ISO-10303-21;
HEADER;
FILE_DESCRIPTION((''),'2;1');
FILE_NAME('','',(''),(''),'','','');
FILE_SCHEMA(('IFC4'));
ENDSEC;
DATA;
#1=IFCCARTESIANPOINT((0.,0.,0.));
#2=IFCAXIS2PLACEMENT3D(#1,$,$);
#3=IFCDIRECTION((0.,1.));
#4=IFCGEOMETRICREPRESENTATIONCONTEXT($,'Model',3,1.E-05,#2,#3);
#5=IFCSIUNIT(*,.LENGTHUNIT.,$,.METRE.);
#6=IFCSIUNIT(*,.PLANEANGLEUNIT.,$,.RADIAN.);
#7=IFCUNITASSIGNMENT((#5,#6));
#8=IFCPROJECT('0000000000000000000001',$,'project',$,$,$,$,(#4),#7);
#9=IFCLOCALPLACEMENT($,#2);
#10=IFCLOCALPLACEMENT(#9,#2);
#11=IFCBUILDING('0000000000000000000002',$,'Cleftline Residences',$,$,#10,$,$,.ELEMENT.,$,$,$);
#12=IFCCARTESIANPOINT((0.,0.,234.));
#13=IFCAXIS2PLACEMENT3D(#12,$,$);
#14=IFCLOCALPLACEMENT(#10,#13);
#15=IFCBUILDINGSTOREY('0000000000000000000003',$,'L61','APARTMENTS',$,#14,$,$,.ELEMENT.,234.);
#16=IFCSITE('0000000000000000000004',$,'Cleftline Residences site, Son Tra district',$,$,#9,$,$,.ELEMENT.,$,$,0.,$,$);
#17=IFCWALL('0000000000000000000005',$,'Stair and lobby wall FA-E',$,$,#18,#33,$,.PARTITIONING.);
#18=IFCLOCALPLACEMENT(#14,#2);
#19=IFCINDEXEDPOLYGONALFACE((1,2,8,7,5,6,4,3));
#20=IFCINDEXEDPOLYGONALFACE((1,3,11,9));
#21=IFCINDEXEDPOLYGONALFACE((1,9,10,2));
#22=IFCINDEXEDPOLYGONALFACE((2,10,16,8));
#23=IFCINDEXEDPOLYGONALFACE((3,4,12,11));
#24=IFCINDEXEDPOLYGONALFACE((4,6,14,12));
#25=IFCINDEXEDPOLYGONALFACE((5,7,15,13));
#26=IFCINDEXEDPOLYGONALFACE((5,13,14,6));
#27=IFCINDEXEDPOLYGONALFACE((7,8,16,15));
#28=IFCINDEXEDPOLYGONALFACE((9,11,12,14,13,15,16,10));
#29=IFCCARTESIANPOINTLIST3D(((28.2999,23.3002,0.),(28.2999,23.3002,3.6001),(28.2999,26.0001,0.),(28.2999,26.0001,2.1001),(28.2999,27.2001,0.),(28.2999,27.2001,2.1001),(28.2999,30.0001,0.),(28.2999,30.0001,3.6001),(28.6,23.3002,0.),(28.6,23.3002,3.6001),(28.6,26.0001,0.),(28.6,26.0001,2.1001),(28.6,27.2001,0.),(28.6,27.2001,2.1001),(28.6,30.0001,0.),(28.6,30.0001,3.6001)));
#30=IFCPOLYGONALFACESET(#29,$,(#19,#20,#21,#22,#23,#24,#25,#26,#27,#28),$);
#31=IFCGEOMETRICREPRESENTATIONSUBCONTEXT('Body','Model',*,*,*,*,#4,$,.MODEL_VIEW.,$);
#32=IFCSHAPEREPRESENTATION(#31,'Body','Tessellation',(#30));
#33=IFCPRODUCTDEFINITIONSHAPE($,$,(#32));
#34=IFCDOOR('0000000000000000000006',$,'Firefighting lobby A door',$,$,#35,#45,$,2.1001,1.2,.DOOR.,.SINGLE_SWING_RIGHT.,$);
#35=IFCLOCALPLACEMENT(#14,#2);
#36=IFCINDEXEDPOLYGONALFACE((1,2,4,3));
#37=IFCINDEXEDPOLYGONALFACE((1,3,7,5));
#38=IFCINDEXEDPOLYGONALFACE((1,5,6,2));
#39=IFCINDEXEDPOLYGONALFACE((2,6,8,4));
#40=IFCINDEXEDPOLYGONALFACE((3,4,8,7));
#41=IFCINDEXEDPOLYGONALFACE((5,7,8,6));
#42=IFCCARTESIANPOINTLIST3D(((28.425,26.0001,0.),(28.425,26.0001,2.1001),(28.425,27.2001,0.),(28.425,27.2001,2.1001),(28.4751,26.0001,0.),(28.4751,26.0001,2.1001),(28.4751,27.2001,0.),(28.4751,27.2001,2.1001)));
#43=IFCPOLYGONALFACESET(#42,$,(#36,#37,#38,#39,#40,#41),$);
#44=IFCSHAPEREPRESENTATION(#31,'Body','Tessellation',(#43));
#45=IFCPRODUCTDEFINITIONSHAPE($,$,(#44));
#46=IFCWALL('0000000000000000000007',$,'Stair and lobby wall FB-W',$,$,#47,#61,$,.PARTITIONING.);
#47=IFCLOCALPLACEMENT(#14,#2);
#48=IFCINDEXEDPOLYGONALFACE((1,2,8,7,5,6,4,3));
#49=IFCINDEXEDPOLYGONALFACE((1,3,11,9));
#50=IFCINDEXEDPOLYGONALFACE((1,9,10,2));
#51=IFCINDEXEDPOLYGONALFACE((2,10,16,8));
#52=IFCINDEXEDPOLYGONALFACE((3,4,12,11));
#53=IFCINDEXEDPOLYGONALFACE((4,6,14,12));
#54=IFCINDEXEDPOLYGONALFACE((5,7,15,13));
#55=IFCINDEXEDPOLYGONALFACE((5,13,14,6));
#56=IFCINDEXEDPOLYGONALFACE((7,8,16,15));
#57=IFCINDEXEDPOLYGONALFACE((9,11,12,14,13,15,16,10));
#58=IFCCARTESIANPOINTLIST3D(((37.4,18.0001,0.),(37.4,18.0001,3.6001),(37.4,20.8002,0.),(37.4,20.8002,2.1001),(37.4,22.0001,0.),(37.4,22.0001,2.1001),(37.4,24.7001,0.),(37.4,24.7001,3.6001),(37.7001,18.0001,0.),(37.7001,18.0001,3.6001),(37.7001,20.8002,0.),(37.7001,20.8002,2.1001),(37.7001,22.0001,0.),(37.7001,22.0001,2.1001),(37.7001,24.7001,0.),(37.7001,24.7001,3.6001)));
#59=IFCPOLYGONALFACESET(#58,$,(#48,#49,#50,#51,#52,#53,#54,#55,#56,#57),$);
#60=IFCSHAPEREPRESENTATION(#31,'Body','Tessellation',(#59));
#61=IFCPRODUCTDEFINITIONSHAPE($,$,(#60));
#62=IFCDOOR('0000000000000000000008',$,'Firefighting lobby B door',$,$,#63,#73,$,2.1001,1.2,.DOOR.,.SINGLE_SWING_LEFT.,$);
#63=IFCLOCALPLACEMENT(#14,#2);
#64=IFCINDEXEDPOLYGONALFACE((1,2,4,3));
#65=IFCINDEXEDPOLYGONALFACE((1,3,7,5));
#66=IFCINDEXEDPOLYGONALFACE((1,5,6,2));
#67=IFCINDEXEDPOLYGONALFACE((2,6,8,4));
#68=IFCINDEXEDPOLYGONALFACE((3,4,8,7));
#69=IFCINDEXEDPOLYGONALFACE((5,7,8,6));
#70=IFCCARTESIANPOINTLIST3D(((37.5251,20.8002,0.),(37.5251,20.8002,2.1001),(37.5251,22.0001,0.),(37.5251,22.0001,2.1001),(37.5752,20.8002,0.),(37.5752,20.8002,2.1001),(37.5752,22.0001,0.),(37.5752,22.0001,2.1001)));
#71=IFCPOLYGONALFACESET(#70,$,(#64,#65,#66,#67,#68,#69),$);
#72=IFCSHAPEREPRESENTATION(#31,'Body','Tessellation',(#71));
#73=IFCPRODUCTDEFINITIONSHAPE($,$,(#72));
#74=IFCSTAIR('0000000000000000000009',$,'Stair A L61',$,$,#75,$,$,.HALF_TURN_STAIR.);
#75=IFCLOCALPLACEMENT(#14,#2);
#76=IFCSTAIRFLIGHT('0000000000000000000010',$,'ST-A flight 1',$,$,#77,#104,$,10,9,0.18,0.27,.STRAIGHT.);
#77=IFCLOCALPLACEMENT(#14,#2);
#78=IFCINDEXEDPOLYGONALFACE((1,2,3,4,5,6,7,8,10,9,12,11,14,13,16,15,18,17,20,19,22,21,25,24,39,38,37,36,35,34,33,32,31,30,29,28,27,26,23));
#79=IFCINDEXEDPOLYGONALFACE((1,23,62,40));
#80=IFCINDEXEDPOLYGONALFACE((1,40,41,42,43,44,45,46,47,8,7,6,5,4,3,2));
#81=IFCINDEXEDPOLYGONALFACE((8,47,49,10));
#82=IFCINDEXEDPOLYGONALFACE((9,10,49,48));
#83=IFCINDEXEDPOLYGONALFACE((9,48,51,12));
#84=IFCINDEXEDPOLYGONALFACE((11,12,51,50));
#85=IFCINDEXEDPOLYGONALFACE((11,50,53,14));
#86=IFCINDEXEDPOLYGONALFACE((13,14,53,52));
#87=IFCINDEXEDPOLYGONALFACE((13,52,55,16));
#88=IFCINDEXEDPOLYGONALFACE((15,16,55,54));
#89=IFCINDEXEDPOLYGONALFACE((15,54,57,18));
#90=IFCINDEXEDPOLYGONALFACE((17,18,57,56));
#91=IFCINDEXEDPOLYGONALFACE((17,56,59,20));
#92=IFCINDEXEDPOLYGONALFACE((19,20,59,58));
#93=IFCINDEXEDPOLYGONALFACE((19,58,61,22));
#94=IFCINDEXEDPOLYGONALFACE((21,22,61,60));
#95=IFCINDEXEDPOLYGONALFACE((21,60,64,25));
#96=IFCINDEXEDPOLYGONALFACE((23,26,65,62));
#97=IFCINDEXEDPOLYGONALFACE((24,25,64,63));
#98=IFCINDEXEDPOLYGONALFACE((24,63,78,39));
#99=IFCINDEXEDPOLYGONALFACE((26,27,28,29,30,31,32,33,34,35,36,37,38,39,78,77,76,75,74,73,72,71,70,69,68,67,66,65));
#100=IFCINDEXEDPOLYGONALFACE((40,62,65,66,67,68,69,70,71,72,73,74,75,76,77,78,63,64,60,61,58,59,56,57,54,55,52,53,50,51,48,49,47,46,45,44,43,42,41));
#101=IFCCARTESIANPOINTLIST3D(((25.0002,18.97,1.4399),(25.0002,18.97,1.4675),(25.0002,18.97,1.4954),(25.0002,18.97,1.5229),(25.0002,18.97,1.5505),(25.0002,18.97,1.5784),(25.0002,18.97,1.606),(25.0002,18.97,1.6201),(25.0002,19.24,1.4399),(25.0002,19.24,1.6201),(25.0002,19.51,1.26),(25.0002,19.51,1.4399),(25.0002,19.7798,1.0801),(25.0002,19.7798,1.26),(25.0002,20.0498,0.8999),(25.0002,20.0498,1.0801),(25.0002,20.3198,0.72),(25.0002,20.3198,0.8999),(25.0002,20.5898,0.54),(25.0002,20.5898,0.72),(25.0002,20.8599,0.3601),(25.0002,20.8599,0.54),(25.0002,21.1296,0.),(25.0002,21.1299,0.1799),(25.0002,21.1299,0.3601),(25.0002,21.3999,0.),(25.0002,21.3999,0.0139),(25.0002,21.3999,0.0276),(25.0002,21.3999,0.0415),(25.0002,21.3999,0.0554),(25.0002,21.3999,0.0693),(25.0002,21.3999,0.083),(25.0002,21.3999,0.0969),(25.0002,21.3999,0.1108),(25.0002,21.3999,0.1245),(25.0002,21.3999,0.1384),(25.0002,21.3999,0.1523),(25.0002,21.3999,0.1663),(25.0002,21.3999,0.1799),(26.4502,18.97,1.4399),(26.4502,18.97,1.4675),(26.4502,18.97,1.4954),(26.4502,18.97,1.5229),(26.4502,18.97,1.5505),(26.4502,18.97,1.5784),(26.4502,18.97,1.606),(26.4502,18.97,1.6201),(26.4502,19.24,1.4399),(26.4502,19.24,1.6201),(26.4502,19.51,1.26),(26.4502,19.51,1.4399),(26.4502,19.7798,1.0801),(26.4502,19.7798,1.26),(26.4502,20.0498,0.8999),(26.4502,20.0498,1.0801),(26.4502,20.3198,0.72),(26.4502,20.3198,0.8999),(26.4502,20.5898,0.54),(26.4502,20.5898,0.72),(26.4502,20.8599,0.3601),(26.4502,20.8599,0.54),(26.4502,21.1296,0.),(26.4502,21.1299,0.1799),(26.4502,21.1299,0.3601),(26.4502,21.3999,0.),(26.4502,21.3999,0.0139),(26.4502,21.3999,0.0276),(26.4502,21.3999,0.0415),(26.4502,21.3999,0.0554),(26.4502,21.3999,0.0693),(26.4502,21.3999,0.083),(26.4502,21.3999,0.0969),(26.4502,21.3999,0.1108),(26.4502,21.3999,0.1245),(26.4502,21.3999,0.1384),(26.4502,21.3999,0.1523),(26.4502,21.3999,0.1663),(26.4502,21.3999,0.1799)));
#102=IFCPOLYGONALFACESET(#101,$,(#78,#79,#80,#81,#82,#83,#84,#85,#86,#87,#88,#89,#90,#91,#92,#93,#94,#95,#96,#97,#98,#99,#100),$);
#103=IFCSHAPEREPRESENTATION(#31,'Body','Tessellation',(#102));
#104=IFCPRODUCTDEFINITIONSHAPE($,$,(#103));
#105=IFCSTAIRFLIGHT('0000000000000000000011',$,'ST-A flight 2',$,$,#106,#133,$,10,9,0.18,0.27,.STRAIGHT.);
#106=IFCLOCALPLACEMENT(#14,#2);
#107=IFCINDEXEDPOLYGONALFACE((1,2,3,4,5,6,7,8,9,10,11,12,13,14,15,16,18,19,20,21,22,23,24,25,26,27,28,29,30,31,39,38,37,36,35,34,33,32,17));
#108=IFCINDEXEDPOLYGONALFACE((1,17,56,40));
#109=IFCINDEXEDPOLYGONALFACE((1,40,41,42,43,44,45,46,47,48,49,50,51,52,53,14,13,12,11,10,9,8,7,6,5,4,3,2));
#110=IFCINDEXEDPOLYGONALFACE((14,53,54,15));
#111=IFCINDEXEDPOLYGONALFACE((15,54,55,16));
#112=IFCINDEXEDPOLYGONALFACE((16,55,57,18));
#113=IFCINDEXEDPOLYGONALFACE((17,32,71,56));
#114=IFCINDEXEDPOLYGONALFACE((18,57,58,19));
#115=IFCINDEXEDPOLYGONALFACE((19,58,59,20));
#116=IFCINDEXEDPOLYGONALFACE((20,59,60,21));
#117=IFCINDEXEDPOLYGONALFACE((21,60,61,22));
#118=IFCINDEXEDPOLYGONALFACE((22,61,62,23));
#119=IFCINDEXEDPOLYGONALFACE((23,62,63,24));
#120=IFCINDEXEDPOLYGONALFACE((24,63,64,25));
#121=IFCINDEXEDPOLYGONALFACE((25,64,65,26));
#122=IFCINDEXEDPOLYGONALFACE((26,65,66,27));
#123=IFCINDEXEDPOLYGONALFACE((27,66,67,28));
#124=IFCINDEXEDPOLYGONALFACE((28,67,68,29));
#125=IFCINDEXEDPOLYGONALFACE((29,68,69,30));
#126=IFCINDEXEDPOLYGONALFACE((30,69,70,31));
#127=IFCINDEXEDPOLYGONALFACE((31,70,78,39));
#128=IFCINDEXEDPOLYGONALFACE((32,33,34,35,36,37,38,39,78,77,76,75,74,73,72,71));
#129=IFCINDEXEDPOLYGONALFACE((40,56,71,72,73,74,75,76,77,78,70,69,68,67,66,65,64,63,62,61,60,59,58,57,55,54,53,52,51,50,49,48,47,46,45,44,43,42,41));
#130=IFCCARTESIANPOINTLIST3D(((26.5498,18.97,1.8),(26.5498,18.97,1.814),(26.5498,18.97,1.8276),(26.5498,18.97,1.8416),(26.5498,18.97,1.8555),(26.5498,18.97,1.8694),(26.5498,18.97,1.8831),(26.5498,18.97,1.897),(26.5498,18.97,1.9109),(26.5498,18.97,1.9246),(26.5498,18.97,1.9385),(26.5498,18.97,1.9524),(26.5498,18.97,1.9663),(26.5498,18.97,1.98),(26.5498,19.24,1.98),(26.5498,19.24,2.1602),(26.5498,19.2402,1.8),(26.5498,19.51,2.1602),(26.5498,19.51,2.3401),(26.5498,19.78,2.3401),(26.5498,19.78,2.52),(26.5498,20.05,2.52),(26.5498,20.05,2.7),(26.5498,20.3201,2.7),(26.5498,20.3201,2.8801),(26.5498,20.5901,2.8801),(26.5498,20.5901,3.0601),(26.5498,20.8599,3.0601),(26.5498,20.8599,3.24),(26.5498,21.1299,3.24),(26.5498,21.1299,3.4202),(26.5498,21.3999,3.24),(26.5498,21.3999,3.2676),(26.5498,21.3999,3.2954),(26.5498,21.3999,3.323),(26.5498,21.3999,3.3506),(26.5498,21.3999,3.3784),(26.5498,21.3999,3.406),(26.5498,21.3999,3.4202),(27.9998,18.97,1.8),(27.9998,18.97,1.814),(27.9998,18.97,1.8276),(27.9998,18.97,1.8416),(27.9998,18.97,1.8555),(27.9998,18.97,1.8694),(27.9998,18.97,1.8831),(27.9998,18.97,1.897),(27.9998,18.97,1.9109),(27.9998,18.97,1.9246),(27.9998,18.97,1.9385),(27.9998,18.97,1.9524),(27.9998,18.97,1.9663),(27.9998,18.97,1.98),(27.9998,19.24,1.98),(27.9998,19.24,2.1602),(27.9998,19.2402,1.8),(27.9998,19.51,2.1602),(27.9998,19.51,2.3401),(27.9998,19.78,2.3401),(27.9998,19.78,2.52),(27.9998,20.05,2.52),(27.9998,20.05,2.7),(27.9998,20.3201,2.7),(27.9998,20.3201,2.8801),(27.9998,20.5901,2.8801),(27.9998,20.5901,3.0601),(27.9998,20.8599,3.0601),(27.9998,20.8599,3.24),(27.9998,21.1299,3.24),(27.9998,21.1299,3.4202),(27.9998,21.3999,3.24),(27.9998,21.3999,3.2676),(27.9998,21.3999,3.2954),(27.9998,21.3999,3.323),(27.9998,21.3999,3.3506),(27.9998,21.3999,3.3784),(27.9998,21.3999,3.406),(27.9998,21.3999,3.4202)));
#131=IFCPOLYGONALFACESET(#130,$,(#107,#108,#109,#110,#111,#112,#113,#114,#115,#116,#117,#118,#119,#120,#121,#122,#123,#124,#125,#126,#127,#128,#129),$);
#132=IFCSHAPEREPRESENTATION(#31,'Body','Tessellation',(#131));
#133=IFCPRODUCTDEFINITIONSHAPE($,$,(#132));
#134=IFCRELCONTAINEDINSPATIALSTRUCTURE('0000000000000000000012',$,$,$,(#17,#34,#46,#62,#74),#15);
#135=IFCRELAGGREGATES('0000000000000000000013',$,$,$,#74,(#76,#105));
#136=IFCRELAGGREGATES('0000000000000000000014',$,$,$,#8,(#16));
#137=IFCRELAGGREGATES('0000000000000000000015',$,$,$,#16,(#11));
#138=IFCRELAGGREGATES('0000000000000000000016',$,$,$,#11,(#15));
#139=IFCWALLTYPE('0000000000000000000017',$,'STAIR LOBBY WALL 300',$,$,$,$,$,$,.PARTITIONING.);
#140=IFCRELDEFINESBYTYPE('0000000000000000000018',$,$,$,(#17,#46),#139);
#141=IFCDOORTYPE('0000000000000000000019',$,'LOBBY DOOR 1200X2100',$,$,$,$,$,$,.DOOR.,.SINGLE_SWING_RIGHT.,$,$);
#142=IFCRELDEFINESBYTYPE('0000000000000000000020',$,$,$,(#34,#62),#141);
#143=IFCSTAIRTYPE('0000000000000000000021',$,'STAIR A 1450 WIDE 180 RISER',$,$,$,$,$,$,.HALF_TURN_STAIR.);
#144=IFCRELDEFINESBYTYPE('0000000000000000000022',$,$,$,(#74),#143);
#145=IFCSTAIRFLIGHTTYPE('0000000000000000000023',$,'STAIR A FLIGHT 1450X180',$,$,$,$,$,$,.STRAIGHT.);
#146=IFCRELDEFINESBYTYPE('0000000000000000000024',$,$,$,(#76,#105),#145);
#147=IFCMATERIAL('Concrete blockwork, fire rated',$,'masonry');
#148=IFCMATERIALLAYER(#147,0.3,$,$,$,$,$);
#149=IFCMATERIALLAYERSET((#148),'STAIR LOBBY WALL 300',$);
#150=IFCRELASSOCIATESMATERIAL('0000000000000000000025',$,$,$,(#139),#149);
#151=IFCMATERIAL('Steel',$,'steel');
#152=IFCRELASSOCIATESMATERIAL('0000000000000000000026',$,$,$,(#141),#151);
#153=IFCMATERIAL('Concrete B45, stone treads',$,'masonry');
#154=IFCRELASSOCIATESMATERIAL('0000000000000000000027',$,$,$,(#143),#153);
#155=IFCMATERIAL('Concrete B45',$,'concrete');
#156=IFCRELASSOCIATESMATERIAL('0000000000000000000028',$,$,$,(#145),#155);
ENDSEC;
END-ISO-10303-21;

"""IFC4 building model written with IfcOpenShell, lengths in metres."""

from ifc_helpers import new_model, si_unit, direction, frame, frame_2d, origin, place, context, subcontext, project, spatial, polyline, rectangle, outline, extrude, material, layer, layer_set, type_object, element, fill, aggregate, save


model = new_model("IFC4")

# Units and contexts
model_context = context("Model", 3, precision=1e-05, world=origin(), true_north=direction((0.0, 1.0)))
body_context = subcontext(model_context, "Body", "Model", "MODEL_VIEW")
ifc_project = project(units=[si_unit("LENGTHUNIT", "METRE"), si_unit("PLANEANGLEUNIT", "RADIAN")], contexts=[model_context])

# Site, building, storey
site_placement = place(None, origin())
site = spatial("IfcSite", under=ifc_project, at=site_placement, Name="Cleftline Residences site, Son Tra district", CompositionType="ELEMENT", RefElevation=0.0)
building_placement = place(site_placement, origin())
building = spatial("IfcBuilding", under=site, at=building_placement, Name="Cleftline Residences", CompositionType="ELEMENT")
storey_placement = place(building_placement, frame((0.0, 0.0, 234.0)))
storey = spatial("IfcBuildingStorey", under=building, at=storey_placement, Name="L61", Description="APARTMENTS", CompositionType="ELEMENT", Elevation=234.0)

# Walls, openings, doors
ifc_material_1 = material(Name="Concrete blockwork, fire rated", Category="masonry")
ifc_layer_1 = layer(ifc_material_1, 0.3)
ifc_layer_set_1 = layer_set([ifc_layer_1], Name="STAIR LOBBY WALL 300")
wall_type_1 = type_object("IfcWallType", Name="STAIR LOBBY WALL 300", PredefinedType="PARTITIONING", material=ifc_layer_set_1)
wall_1_placement = place(storey_placement, frame((28.45, 23.3, 0.0), z_axis=(0.0, 0.0, 1.0), x_axis=(0.0, 1.0, 0.0)))
wall_1 = element("IfcWall", 1, at=wall_1_placement, inside=storey, type_object=wall_type_1, Name="Stair and lobby wall FA-E", PredefinedType="PARTITIONING", context=body_context, shape_type="SweptSolid", body=[
    extrude(rectangle(XDim=6.7, YDim=0.3, at=frame_2d((3.3501, 0.0))), origin(), (0.0, 0.0, 1.0), 3.6001),
])
opening_1_placement = place(wall_1_placement, frame((2.7, 0.0, 0.0)))
opening_1 = element("IfcOpeningElement", 2, at=opening_1_placement, cuts=wall_1, PredefinedType="OPENING", context=body_context, shape_type="SweptSolid", body=[
    extrude(rectangle(XDim=1.2, YDim=2.1001, at=frame_2d((0.6001, 1.05))), frame((0.0, 0.1599, 0.0), z_axis=(0.0, -1.0, 0.0), x_axis=(1.0, 0.0, 0.0)), (0.0, 0.0, 1.0), 0.3201),
])
ifc_material_2 = material(Name="Steel", Category="steel")
door_type_1 = type_object("IfcDoorType", Name="LOBBY DOOR 1200X2100", OperationType="SINGLE_SWING_RIGHT", PredefinedType="DOOR", material=ifc_material_2)
door_1_placement = place(opening_1_placement, origin())
door_1 = element("IfcDoor", 3, at=door_1_placement, inside=storey, type_object=door_type_1, Name="Firefighting lobby A door", OperationType="SINGLE_SWING_RIGHT", OverallHeight=2.1001, OverallWidth=1.2, PredefinedType="DOOR", context=body_context, shape_type="SweptSolid", body=[
    extrude(rectangle(XDim=1.2, YDim=2.1001, at=frame_2d((0.6001, 1.05))), frame((0.0, 0.0249, 0.0), z_axis=(0.0, -1.0, 0.0), x_axis=(1.0, 0.0, 0.0)), (0.0, 0.0, 1.0), 0.05),
])
fill(opening_1, door_1)
wall_2_placement = place(storey_placement, frame((37.55, 18.0, 0.0), z_axis=(0.0, 0.0, 1.0), x_axis=(0.0, 1.0, 0.0)))
wall_2 = element("IfcWall", 4, at=wall_2_placement, inside=storey, type_object=wall_type_1, Name="Stair and lobby wall FB-W", PredefinedType="PARTITIONING", context=body_context, shape_type="SweptSolid", body=[
    extrude(rectangle(XDim=6.7, YDim=0.3, at=frame_2d((3.3501, 0.0))), origin(), (0.0, 0.0, 1.0), 3.6001),
])
opening_2_placement = place(wall_2_placement, frame((2.8, 0.0, 0.0)))
opening_2 = element("IfcOpeningElement", 5, at=opening_2_placement, cuts=wall_2, PredefinedType="OPENING", context=body_context, shape_type="SweptSolid", body=[
    extrude(rectangle(XDim=1.2, YDim=2.1001, at=frame_2d((0.6001, 1.05))), frame((0.0, 0.1599, 0.0), z_axis=(0.0, -1.0, 0.0), x_axis=(1.0, 0.0, 0.0)), (0.0, 0.0, 1.0), 0.3201),
])
door_2_placement = place(opening_2_placement, origin())
door_2 = element("IfcDoor", 6, at=door_2_placement, inside=storey, type_object=door_type_1, Name="Firefighting lobby B door", OperationType="SINGLE_SWING_LEFT", OverallHeight=2.1001, OverallWidth=1.2, PredefinedType="DOOR", context=body_context, shape_type="SweptSolid", body=[
    extrude(rectangle(XDim=1.2, YDim=2.1001, at=frame_2d((0.6001, 1.05))), frame((0.0, 0.0249, 0.0), z_axis=(0.0, -1.0, 0.0), x_axis=(1.0, 0.0, 0.0)), (0.0, 0.0, 1.0), 0.05),
])
fill(opening_2, door_2)

# Stair, stair flights
ifc_material_3 = material(Name="Concrete B45, stone treads", Category="masonry")
stair_type = type_object("IfcStairType", Name="STAIR A 1450 WIDE 180 RISER", PredefinedType="HALF_TURN_STAIR", material=ifc_material_3)
stair_placement = place(storey_placement, origin())
stair = element("IfcStair", 7, at=stair_placement, inside=storey, type_object=stair_type, Name="Stair A L61", PredefinedType="HALF_TURN_STAIR")
ifc_material_4 = material(Name="Concrete B45", Category="concrete")
stair_flight_type = type_object("IfcStairFlightType", Name="STAIR A FLIGHT 1450X180", PredefinedType="STRAIGHT", material=ifc_material_4)
stair_flight_1_placement = place(storey_placement, frame((25.7251, 21.3999, 0.0), z_axis=(0.0, 0.0, 1.0), x_axis=(0.0, -1.0, 0.0)))
stair_flight_1 = element("IfcStairFlight", 8, at=stair_flight_1_placement, type_object=stair_flight_type, Name="ST-A flight 1", NumberOfRisers=10, NumberOfTreads=9, PredefinedType="STRAIGHT", RiserHeight=0.18, TreadLength=0.27, context=body_context, shape_type="SweptSolid", body=[
    extrude(outline(polyline([(0.0, 0.0), (0.0, 0.0139), (0.0, 0.0276), (0.0, 0.0415), (0.0, 0.0554), (0.0, 0.0693), (0.0, 0.083), (0.0, 0.0969), (0.0, 0.1108), (0.0, 0.1245), (0.0, 0.1384), (0.0, 0.1523), (0.0, 0.1663), (0.0, 0.1799), (0.27, 0.1799), (0.27, 0.3601), (0.54, 0.3601), (0.54, 0.54), (0.8101, 0.54), (0.8101, 0.72), (1.0801, 0.72), (1.0801, 0.8999), (1.3501, 0.8999), (1.3501, 1.0801), (1.6201, 1.0801), (1.6201, 1.26), (1.8899, 1.26), (1.8899, 1.4399), (2.1599, 1.4399), (2.1599, 1.6201), (2.4299, 1.6201), (2.4299, 1.8), (2.4299, 1.7722), (2.4299, 1.7446), (2.4299, 1.7168), (2.4299, 1.6892), (2.4299, 1.6614), (2.4299, 1.6338), (2.4299, 1.606), (2.4299, 1.5784), (2.4299, 1.5505), (2.4299, 1.5229), (2.4299, 1.4954), (2.4299, 1.4675), (2.4299, 1.4399), (0.2703, 0.0), (0.0, 0.0)])), frame((0.0, 0.7251, 0.0), z_axis=(0.0, -1.0, 0.0), x_axis=(1.0, 0.0, 0.0)), (0.0, 0.0, 1.0), 1.45),
])
stair_flight_2_placement = place(storey_placement, frame((27.2749, 18.97, 1.8), z_axis=(0.0, 0.0, 1.0), x_axis=(0.0, 1.0, 0.0)))
stair_flight_2 = element("IfcStairFlight", 9, at=stair_flight_2_placement, type_object=stair_flight_type, Name="ST-A flight 2", NumberOfRisers=10, NumberOfTreads=9, PredefinedType="STRAIGHT", RiserHeight=0.18, TreadLength=0.27, context=body_context, shape_type="SweptSolid", body=[
    extrude(outline(polyline([(0.0, 0.0), (0.0, 0.0139), (0.0, 0.0276), (0.0, 0.0415), (0.0, 0.0554), (0.0, 0.0693), (0.0, 0.083), (0.0, 0.0969), (0.0, 0.1108), (0.0, 0.1245), (0.0, 0.1384), (0.0, 0.1523), (0.0, 0.1663), (0.0, 0.1799), (0.27, 0.1799), (0.27, 0.3601), (0.54, 0.3601), (0.54, 0.54), (0.8101, 0.54), (0.8101, 0.72), (1.0801, 0.72), (1.0801, 0.8999), (1.3501, 0.8999), (1.3501, 1.0801), (1.6201, 1.0801), (1.6201, 1.26), (1.8899, 1.26), (1.8899, 1.4399), (2.1599, 1.4399), (2.1599, 1.6201), (2.4299, 1.6201), (2.4299, 1.8), (2.4299, 1.7722), (2.4299, 1.7446), (2.4299, 1.7168), (2.4299, 1.6892), (2.4299, 1.6614), (2.4299, 1.6338), (2.4299, 1.606), (2.4299, 1.5784), (2.4299, 1.5505), (2.4299, 1.5229), (2.4299, 1.4954), (2.4299, 1.4675), (2.4299, 1.4399), (0.2703, 0.0), (0.0, 0.0)])), frame((0.0, 0.7251, 0.0), z_axis=(0.0, -1.0, 0.0), x_axis=(1.0, 0.0, 0.0)), (0.0, 0.0, 1.0), 1.45),
])
aggregate(stair, [stair_flight_1, stair_flight_2])

save(model, "model.ifc")
